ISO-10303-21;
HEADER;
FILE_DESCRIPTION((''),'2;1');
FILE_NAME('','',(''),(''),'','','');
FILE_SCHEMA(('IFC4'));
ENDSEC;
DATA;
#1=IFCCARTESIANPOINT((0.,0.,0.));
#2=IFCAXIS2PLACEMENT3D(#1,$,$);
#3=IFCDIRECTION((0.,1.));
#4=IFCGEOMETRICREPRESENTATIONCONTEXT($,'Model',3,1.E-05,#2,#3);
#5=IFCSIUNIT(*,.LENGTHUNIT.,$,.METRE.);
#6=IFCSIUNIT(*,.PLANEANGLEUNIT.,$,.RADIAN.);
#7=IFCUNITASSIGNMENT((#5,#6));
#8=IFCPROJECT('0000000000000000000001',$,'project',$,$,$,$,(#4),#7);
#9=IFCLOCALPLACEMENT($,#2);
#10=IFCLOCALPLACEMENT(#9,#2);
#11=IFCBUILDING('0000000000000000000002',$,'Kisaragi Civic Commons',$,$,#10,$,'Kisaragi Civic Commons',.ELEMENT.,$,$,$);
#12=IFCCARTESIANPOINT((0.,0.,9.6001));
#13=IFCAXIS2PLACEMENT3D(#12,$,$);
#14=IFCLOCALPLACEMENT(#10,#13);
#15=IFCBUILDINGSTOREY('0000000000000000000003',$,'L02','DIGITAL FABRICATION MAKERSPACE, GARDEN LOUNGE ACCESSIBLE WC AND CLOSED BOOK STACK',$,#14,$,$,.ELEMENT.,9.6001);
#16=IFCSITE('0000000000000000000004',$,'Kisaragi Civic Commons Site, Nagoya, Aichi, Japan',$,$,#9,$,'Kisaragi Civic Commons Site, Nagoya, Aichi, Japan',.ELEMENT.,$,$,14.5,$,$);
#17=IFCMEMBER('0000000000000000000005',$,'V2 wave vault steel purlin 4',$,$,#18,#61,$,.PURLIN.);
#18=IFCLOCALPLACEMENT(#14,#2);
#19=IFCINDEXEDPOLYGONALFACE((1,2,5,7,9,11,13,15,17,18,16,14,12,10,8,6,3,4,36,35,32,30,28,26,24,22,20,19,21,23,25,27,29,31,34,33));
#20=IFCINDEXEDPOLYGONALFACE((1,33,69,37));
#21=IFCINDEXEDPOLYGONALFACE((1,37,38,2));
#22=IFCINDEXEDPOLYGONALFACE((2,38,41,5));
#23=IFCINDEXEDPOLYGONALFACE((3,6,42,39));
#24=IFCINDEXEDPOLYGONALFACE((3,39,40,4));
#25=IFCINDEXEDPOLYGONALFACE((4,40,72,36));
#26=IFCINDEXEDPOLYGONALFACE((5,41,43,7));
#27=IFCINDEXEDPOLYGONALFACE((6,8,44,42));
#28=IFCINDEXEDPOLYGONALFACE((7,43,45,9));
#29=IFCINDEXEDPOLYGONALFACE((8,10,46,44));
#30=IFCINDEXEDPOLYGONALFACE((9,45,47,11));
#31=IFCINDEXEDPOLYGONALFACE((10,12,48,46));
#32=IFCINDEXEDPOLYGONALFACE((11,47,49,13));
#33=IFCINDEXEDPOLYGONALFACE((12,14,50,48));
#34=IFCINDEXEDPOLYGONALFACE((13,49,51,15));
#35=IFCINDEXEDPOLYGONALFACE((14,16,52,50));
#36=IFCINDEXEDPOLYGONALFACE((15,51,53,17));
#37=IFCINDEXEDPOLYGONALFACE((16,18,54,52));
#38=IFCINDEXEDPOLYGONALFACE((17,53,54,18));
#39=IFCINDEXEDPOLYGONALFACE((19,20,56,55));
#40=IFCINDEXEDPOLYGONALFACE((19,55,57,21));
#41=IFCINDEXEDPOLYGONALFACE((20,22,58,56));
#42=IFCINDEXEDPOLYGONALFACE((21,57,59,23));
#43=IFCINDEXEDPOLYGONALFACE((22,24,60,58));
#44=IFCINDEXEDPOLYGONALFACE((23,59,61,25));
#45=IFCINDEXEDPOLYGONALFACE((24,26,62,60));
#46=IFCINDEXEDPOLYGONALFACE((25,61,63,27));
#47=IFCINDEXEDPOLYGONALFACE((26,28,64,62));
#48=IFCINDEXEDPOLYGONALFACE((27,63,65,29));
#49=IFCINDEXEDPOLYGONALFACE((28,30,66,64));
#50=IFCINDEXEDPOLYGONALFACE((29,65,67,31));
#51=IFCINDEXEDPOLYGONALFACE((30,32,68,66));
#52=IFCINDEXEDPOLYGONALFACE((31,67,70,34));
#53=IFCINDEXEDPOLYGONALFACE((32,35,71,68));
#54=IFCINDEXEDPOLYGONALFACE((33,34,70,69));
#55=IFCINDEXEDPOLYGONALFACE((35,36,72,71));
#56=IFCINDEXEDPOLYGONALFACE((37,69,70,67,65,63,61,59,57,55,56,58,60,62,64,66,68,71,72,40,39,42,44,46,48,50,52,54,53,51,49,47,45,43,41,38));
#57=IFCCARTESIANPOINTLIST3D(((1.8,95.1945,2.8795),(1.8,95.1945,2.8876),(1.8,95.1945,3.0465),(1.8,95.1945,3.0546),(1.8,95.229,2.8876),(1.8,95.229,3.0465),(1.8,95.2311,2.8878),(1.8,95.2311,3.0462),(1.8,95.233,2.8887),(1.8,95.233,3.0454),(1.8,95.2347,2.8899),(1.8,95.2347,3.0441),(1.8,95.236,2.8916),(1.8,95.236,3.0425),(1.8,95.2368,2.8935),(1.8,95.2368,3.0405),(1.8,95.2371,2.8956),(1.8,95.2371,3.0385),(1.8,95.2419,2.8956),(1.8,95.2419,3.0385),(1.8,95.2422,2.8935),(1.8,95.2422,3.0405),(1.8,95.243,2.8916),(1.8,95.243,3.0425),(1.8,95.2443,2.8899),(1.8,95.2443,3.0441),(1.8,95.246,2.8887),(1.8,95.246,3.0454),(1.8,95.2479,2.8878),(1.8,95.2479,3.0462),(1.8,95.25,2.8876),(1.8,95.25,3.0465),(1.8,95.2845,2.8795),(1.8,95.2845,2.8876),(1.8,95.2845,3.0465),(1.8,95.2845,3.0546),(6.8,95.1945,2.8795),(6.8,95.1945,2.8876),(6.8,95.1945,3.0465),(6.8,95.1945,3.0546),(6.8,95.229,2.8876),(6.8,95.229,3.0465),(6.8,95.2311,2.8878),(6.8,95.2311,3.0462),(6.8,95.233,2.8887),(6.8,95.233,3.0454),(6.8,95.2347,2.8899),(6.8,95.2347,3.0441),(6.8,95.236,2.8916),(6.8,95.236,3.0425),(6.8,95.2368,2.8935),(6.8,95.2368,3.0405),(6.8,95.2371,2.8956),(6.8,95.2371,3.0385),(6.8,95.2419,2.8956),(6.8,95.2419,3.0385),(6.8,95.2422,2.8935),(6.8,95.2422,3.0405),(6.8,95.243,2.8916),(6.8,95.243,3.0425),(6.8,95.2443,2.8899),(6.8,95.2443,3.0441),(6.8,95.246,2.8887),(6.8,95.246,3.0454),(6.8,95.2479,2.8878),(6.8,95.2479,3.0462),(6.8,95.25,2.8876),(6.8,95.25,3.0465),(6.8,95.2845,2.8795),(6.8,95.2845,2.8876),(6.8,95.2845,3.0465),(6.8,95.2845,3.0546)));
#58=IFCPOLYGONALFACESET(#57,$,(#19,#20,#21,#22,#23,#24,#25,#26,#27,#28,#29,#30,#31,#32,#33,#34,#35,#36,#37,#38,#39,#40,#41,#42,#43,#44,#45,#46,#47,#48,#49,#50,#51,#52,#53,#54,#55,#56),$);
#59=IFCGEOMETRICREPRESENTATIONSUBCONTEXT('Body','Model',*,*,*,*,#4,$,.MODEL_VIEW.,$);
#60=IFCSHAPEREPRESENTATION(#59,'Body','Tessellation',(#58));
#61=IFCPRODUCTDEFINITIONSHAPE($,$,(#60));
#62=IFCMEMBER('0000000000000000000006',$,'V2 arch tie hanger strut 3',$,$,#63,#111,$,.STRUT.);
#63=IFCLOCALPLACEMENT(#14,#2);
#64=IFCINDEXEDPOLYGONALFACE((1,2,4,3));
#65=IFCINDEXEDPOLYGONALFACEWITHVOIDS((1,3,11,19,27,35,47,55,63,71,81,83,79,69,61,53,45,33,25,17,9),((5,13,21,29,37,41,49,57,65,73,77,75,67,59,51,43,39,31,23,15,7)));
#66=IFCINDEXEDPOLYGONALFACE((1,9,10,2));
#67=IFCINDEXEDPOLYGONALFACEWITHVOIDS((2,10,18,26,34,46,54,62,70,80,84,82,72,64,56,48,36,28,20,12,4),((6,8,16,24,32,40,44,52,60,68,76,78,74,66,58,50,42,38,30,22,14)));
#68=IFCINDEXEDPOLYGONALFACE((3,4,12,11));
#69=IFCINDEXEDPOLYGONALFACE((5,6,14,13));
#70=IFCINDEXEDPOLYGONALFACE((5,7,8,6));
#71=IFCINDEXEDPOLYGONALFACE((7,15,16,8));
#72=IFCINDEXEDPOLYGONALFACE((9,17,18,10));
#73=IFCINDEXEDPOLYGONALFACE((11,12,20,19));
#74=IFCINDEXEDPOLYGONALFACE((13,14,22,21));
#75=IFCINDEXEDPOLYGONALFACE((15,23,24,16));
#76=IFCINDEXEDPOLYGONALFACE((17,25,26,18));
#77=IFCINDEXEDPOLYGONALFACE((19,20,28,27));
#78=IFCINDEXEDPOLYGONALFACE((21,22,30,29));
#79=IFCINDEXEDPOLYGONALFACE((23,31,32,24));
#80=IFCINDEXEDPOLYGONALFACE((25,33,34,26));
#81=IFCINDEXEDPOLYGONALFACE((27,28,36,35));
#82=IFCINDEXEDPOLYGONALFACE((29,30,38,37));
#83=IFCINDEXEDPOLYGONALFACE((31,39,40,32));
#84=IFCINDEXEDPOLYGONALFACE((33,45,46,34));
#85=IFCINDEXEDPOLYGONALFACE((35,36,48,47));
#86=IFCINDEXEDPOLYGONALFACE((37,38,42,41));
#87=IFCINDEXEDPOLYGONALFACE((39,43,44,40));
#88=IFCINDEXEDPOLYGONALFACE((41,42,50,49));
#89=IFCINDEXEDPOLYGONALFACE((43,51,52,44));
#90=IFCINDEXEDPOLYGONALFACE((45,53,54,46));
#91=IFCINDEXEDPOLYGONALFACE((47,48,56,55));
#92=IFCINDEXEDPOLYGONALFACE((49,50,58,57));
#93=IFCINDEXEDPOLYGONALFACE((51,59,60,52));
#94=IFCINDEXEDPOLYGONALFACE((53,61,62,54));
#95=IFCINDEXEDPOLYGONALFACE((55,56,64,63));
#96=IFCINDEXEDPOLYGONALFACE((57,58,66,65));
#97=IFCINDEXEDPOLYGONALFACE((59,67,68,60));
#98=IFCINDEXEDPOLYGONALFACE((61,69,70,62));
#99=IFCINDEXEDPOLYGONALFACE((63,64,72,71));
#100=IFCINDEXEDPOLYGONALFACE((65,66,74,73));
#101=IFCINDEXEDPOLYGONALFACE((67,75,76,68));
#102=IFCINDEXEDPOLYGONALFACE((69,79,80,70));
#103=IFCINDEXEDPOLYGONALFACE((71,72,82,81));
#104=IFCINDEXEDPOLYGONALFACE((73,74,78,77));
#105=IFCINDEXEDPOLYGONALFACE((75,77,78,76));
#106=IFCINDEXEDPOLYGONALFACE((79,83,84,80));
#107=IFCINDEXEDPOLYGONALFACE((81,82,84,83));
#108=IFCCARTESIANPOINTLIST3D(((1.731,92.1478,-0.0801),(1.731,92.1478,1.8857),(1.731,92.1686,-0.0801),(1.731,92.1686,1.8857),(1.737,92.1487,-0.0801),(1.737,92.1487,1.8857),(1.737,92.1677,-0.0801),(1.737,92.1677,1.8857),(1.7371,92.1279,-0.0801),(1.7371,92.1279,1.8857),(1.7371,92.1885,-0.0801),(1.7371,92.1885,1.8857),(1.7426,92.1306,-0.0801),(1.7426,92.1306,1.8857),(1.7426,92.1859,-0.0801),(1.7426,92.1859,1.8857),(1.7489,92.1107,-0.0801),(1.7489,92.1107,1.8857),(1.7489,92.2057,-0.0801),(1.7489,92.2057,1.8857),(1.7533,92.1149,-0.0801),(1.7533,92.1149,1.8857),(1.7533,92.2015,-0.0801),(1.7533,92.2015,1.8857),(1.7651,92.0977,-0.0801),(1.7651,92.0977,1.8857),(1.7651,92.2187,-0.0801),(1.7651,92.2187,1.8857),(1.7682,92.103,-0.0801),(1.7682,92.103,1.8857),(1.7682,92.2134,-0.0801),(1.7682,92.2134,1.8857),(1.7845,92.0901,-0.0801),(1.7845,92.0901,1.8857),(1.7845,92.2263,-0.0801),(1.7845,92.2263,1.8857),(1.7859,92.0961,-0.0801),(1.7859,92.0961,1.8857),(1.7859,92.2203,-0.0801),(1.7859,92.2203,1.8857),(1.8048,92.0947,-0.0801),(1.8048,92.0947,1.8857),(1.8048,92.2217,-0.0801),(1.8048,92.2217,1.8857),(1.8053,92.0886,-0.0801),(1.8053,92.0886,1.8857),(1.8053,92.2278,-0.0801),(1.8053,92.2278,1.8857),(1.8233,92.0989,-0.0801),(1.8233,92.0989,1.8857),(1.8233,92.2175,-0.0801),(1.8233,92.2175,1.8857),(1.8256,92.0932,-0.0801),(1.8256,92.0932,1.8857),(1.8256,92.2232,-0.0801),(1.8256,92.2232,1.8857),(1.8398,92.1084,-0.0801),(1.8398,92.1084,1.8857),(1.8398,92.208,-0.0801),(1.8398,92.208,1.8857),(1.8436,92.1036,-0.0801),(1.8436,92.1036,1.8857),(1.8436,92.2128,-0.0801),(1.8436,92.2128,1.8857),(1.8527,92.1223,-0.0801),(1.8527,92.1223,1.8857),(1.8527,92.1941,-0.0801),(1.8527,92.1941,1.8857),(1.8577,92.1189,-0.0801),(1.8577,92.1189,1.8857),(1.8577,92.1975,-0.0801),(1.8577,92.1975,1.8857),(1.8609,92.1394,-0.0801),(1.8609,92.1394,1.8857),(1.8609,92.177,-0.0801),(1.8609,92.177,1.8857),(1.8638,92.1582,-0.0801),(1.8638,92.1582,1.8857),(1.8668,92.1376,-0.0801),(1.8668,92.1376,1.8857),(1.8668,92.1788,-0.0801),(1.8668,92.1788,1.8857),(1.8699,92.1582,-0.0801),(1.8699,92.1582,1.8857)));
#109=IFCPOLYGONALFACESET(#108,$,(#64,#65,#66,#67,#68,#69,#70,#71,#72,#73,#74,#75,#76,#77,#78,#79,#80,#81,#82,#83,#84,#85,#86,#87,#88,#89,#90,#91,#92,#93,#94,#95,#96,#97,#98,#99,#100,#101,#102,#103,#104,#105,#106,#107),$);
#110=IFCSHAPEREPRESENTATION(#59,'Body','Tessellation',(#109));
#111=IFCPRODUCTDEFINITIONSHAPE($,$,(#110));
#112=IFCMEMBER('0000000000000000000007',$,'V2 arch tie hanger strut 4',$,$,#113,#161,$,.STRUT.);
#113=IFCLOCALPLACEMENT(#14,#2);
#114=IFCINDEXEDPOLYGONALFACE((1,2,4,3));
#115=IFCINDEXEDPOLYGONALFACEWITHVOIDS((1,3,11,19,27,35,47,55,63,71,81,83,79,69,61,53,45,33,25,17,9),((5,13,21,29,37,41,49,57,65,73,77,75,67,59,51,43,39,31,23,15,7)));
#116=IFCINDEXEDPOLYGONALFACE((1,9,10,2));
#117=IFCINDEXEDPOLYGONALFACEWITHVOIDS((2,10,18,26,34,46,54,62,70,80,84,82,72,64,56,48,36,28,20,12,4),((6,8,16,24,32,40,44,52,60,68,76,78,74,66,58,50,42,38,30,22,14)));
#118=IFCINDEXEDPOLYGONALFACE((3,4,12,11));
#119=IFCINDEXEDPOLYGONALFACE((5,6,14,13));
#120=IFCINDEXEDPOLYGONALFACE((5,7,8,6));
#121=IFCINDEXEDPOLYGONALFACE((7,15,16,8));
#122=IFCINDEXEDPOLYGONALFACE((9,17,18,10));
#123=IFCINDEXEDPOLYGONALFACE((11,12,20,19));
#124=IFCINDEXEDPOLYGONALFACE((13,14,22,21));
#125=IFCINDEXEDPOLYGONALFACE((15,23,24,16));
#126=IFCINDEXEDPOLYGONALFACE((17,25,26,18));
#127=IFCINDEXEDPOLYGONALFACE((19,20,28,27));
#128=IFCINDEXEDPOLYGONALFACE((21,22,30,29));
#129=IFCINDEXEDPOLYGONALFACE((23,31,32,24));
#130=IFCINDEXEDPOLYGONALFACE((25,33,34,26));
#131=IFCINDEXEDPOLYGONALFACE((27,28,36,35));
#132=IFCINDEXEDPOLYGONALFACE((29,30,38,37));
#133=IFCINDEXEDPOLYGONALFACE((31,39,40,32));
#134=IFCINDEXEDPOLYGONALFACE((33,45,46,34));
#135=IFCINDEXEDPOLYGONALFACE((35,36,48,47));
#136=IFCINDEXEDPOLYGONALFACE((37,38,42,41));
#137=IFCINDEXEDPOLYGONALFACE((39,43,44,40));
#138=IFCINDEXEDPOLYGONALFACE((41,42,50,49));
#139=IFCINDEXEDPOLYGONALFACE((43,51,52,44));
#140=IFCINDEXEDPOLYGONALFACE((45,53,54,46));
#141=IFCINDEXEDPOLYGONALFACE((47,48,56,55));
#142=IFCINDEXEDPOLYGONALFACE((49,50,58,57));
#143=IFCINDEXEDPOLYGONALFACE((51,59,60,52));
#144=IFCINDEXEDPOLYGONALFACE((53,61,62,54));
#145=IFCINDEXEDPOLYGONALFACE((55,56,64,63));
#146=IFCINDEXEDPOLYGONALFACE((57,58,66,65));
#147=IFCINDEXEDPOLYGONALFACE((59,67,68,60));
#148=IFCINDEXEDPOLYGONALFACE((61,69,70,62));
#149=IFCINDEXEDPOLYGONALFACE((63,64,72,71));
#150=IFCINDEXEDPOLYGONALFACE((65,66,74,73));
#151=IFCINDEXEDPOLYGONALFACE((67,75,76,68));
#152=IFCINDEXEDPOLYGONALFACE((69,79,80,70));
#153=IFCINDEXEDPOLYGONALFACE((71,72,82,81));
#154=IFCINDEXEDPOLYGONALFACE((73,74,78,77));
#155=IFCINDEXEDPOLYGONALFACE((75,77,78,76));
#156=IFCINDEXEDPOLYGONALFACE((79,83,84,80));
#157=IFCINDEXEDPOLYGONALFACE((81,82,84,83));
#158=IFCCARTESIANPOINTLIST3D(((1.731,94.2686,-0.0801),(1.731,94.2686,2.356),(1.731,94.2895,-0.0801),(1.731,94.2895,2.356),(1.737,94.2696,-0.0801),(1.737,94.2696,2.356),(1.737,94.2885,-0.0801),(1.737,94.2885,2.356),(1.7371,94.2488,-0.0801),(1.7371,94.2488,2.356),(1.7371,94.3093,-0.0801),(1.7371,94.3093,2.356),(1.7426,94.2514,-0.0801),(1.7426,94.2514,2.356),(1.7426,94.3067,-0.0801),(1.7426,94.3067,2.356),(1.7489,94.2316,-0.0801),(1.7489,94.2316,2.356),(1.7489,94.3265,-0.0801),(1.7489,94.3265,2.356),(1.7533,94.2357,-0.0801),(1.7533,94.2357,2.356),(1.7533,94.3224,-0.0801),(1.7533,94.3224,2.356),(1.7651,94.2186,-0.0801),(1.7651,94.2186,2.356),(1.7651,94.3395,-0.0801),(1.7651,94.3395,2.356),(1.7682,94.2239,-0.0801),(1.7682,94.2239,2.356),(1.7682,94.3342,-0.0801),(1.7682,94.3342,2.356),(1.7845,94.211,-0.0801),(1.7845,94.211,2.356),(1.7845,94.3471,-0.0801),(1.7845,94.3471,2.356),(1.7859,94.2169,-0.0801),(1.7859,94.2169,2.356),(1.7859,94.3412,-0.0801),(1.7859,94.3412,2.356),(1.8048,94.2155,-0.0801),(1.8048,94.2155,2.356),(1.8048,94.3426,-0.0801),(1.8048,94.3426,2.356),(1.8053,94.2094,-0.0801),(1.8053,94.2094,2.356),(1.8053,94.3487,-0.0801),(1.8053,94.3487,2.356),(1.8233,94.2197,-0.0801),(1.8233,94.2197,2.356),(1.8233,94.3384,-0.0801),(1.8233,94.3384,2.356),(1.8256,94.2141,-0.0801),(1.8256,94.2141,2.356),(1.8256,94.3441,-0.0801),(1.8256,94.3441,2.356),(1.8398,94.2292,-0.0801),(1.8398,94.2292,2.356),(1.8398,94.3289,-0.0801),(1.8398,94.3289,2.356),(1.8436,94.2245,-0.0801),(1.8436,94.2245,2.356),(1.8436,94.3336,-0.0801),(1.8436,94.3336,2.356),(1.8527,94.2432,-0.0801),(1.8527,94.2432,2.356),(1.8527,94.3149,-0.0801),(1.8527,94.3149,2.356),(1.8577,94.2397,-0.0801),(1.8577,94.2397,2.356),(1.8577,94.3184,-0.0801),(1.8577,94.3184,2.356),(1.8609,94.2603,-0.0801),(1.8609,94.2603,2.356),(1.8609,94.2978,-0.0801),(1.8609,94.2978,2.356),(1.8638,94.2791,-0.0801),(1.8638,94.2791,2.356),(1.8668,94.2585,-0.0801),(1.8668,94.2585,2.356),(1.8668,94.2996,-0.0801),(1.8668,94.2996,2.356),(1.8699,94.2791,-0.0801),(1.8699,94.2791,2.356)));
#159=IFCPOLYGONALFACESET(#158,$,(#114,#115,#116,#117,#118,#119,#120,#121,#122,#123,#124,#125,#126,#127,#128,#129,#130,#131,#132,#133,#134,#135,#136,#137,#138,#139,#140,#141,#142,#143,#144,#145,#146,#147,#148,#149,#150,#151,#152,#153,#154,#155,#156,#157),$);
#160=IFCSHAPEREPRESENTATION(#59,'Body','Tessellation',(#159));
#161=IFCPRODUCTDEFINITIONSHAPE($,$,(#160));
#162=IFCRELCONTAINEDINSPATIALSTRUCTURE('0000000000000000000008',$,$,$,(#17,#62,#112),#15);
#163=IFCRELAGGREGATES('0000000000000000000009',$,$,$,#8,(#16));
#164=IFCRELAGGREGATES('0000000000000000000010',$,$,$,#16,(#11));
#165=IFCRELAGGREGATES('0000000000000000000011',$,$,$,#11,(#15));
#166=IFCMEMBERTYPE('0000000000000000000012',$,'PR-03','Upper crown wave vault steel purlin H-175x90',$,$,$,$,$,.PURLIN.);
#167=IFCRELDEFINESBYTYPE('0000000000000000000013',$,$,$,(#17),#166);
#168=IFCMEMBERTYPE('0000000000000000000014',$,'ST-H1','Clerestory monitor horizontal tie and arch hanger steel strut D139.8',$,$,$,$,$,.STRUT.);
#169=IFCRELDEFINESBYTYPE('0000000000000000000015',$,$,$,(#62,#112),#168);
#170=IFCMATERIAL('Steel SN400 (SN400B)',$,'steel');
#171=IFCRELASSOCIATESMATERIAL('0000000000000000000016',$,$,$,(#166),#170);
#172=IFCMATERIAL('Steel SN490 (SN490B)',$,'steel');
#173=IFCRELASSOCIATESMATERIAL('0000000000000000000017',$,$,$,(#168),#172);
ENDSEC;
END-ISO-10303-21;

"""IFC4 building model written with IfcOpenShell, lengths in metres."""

from ifc_helpers import new_model, si_unit, direction, frame, origin, origin_2d, place, context, subcontext, project, spatial, hollow_circle, i_section, extrude, material, material_profile, profile_set, type_object, element, save


model = new_model("IFC4")

# Units and contexts
model_context = context("Model", 3, precision=1e-05, world=origin(), true_north=direction((0.0, 1.0)))
body_context = subcontext(model_context, "Body", "Model", "MODEL_VIEW")
ifc_project = project(units=[si_unit("LENGTHUNIT", "METRE"), si_unit("PLANEANGLEUNIT", "RADIAN")], contexts=[model_context])

# Site, building, storey
site_placement = place(None, origin())
site = spatial("IfcSite", under=ifc_project, at=site_placement, Name="Kisaragi Civic Commons Site, Nagoya, Aichi, Japan", LongName="Kisaragi Civic Commons Site, Nagoya, Aichi, Japan", CompositionType="ELEMENT", RefElevation=14.5)
building_placement = place(site_placement, origin())
building = spatial("IfcBuilding", under=site, at=building_placement, Name="Kisaragi Civic Commons", LongName="Kisaragi Civic Commons", CompositionType="ELEMENT")
storey_placement = place(building_placement, frame((0.0, 0.0, 9.6001)))
storey = spatial("IfcBuildingStorey", under=building, at=storey_placement, Name="L02", Description="DIGITAL FABRICATION MAKERSPACE, GARDEN LOUNGE ACCESSIBLE WC AND CLOSED BOOK STACK", CompositionType="ELEMENT", Elevation=9.6001)

# Shared definitions
ifc_material_1 = material(Name="Steel SN400 (SN400B)", Category="steel")
ifc_material_2 = material(Name="Steel SN490 (SN490B)", Category="steel")

# Members
ifc_material_profile_1 = material_profile(ifc_material_1, i_section(OverallWidth=0.0901, OverallDepth=0.175, WebThickness=0.0049, FlangeThickness=0.0081, FilletRadius=0.0081, at=origin_2d()), Name="H-175x90x5x8", Category="steel")
ifc_profile_set_1 = profile_set([ifc_material_profile_1], Name="Steel SN400 (SN400B)")
member_type_1 = type_object("IfcMemberType", Name="PR-03", Description="Upper crown wave vault steel purlin H-175x90", PredefinedType="PURLIN", material=ifc_profile_set_1)
member_1_placement = place(storey_placement, frame((1.8, 95.2395, 2.967), z_axis=(1.0, 0.0, 0.0), x_axis=(0.0, 1.0, 0.0)))
element("IfcMember", 1, at=member_1_placement, inside=storey, type_object=member_type_1, Name="V2 wave vault steel purlin 4", PredefinedType="PURLIN", context=body_context, shape_type="SweptSolid", body=[
    extrude(i_section(OverallWidth=0.0901, OverallDepth=0.175, WebThickness=0.0049, FlangeThickness=0.0081, FilletRadius=0.0081, at=origin_2d()), origin(), (0.0, 0.0, 1.0), 5.0),
])
ifc_material_profile_2 = material_profile(ifc_material_2, hollow_circle(Radius=0.0698, WallThickness=0.0061, at=origin_2d()), Name="CHS-139.8x6.0", Category="steel")
ifc_profile_set_2 = profile_set([ifc_material_profile_2], Name="Steel SN490 (SN490B)")
member_type_2 = type_object("IfcMemberType", Name="ST-H1", Description="Clerestory monitor horizontal tie and arch hanger steel strut D139.8", PredefinedType="STRUT", material=ifc_profile_set_2)
member_2_placement = place(storey_placement, frame((1.8, 92.1582, -0.0801), z_axis=(0.0, 0.0, 1.0), x_axis=(1.0, 0.0, 0.0)))
element("IfcMember", 2, at=member_2_placement, inside=storey, type_object=member_type_2, Name="V2 arch tie hanger strut 3", PredefinedType="STRUT", context=body_context, shape_type="SweptSolid", body=[
    extrude(hollow_circle(Radius=0.0698, WallThickness=0.0061, at=origin_2d()), origin(), (0.0, 0.0, 1.0), 1.9658),
])
member_3_placement = place(storey_placement, frame((1.8, 94.2791, -0.0801), z_axis=(0.0, 0.0, 1.0), x_axis=(1.0, 0.0, 0.0)))
element("IfcMember", 3, at=member_3_placement, inside=storey, type_object=member_type_2, Name="V2 arch tie hanger strut 4", PredefinedType="STRUT", context=body_context, shape_type="SweptSolid", body=[
    extrude(hollow_circle(Radius=0.0698, WallThickness=0.0061, at=origin_2d()), origin(), (0.0, 0.0, 1.0), 2.436),
])

save(model, "model.ifc")
